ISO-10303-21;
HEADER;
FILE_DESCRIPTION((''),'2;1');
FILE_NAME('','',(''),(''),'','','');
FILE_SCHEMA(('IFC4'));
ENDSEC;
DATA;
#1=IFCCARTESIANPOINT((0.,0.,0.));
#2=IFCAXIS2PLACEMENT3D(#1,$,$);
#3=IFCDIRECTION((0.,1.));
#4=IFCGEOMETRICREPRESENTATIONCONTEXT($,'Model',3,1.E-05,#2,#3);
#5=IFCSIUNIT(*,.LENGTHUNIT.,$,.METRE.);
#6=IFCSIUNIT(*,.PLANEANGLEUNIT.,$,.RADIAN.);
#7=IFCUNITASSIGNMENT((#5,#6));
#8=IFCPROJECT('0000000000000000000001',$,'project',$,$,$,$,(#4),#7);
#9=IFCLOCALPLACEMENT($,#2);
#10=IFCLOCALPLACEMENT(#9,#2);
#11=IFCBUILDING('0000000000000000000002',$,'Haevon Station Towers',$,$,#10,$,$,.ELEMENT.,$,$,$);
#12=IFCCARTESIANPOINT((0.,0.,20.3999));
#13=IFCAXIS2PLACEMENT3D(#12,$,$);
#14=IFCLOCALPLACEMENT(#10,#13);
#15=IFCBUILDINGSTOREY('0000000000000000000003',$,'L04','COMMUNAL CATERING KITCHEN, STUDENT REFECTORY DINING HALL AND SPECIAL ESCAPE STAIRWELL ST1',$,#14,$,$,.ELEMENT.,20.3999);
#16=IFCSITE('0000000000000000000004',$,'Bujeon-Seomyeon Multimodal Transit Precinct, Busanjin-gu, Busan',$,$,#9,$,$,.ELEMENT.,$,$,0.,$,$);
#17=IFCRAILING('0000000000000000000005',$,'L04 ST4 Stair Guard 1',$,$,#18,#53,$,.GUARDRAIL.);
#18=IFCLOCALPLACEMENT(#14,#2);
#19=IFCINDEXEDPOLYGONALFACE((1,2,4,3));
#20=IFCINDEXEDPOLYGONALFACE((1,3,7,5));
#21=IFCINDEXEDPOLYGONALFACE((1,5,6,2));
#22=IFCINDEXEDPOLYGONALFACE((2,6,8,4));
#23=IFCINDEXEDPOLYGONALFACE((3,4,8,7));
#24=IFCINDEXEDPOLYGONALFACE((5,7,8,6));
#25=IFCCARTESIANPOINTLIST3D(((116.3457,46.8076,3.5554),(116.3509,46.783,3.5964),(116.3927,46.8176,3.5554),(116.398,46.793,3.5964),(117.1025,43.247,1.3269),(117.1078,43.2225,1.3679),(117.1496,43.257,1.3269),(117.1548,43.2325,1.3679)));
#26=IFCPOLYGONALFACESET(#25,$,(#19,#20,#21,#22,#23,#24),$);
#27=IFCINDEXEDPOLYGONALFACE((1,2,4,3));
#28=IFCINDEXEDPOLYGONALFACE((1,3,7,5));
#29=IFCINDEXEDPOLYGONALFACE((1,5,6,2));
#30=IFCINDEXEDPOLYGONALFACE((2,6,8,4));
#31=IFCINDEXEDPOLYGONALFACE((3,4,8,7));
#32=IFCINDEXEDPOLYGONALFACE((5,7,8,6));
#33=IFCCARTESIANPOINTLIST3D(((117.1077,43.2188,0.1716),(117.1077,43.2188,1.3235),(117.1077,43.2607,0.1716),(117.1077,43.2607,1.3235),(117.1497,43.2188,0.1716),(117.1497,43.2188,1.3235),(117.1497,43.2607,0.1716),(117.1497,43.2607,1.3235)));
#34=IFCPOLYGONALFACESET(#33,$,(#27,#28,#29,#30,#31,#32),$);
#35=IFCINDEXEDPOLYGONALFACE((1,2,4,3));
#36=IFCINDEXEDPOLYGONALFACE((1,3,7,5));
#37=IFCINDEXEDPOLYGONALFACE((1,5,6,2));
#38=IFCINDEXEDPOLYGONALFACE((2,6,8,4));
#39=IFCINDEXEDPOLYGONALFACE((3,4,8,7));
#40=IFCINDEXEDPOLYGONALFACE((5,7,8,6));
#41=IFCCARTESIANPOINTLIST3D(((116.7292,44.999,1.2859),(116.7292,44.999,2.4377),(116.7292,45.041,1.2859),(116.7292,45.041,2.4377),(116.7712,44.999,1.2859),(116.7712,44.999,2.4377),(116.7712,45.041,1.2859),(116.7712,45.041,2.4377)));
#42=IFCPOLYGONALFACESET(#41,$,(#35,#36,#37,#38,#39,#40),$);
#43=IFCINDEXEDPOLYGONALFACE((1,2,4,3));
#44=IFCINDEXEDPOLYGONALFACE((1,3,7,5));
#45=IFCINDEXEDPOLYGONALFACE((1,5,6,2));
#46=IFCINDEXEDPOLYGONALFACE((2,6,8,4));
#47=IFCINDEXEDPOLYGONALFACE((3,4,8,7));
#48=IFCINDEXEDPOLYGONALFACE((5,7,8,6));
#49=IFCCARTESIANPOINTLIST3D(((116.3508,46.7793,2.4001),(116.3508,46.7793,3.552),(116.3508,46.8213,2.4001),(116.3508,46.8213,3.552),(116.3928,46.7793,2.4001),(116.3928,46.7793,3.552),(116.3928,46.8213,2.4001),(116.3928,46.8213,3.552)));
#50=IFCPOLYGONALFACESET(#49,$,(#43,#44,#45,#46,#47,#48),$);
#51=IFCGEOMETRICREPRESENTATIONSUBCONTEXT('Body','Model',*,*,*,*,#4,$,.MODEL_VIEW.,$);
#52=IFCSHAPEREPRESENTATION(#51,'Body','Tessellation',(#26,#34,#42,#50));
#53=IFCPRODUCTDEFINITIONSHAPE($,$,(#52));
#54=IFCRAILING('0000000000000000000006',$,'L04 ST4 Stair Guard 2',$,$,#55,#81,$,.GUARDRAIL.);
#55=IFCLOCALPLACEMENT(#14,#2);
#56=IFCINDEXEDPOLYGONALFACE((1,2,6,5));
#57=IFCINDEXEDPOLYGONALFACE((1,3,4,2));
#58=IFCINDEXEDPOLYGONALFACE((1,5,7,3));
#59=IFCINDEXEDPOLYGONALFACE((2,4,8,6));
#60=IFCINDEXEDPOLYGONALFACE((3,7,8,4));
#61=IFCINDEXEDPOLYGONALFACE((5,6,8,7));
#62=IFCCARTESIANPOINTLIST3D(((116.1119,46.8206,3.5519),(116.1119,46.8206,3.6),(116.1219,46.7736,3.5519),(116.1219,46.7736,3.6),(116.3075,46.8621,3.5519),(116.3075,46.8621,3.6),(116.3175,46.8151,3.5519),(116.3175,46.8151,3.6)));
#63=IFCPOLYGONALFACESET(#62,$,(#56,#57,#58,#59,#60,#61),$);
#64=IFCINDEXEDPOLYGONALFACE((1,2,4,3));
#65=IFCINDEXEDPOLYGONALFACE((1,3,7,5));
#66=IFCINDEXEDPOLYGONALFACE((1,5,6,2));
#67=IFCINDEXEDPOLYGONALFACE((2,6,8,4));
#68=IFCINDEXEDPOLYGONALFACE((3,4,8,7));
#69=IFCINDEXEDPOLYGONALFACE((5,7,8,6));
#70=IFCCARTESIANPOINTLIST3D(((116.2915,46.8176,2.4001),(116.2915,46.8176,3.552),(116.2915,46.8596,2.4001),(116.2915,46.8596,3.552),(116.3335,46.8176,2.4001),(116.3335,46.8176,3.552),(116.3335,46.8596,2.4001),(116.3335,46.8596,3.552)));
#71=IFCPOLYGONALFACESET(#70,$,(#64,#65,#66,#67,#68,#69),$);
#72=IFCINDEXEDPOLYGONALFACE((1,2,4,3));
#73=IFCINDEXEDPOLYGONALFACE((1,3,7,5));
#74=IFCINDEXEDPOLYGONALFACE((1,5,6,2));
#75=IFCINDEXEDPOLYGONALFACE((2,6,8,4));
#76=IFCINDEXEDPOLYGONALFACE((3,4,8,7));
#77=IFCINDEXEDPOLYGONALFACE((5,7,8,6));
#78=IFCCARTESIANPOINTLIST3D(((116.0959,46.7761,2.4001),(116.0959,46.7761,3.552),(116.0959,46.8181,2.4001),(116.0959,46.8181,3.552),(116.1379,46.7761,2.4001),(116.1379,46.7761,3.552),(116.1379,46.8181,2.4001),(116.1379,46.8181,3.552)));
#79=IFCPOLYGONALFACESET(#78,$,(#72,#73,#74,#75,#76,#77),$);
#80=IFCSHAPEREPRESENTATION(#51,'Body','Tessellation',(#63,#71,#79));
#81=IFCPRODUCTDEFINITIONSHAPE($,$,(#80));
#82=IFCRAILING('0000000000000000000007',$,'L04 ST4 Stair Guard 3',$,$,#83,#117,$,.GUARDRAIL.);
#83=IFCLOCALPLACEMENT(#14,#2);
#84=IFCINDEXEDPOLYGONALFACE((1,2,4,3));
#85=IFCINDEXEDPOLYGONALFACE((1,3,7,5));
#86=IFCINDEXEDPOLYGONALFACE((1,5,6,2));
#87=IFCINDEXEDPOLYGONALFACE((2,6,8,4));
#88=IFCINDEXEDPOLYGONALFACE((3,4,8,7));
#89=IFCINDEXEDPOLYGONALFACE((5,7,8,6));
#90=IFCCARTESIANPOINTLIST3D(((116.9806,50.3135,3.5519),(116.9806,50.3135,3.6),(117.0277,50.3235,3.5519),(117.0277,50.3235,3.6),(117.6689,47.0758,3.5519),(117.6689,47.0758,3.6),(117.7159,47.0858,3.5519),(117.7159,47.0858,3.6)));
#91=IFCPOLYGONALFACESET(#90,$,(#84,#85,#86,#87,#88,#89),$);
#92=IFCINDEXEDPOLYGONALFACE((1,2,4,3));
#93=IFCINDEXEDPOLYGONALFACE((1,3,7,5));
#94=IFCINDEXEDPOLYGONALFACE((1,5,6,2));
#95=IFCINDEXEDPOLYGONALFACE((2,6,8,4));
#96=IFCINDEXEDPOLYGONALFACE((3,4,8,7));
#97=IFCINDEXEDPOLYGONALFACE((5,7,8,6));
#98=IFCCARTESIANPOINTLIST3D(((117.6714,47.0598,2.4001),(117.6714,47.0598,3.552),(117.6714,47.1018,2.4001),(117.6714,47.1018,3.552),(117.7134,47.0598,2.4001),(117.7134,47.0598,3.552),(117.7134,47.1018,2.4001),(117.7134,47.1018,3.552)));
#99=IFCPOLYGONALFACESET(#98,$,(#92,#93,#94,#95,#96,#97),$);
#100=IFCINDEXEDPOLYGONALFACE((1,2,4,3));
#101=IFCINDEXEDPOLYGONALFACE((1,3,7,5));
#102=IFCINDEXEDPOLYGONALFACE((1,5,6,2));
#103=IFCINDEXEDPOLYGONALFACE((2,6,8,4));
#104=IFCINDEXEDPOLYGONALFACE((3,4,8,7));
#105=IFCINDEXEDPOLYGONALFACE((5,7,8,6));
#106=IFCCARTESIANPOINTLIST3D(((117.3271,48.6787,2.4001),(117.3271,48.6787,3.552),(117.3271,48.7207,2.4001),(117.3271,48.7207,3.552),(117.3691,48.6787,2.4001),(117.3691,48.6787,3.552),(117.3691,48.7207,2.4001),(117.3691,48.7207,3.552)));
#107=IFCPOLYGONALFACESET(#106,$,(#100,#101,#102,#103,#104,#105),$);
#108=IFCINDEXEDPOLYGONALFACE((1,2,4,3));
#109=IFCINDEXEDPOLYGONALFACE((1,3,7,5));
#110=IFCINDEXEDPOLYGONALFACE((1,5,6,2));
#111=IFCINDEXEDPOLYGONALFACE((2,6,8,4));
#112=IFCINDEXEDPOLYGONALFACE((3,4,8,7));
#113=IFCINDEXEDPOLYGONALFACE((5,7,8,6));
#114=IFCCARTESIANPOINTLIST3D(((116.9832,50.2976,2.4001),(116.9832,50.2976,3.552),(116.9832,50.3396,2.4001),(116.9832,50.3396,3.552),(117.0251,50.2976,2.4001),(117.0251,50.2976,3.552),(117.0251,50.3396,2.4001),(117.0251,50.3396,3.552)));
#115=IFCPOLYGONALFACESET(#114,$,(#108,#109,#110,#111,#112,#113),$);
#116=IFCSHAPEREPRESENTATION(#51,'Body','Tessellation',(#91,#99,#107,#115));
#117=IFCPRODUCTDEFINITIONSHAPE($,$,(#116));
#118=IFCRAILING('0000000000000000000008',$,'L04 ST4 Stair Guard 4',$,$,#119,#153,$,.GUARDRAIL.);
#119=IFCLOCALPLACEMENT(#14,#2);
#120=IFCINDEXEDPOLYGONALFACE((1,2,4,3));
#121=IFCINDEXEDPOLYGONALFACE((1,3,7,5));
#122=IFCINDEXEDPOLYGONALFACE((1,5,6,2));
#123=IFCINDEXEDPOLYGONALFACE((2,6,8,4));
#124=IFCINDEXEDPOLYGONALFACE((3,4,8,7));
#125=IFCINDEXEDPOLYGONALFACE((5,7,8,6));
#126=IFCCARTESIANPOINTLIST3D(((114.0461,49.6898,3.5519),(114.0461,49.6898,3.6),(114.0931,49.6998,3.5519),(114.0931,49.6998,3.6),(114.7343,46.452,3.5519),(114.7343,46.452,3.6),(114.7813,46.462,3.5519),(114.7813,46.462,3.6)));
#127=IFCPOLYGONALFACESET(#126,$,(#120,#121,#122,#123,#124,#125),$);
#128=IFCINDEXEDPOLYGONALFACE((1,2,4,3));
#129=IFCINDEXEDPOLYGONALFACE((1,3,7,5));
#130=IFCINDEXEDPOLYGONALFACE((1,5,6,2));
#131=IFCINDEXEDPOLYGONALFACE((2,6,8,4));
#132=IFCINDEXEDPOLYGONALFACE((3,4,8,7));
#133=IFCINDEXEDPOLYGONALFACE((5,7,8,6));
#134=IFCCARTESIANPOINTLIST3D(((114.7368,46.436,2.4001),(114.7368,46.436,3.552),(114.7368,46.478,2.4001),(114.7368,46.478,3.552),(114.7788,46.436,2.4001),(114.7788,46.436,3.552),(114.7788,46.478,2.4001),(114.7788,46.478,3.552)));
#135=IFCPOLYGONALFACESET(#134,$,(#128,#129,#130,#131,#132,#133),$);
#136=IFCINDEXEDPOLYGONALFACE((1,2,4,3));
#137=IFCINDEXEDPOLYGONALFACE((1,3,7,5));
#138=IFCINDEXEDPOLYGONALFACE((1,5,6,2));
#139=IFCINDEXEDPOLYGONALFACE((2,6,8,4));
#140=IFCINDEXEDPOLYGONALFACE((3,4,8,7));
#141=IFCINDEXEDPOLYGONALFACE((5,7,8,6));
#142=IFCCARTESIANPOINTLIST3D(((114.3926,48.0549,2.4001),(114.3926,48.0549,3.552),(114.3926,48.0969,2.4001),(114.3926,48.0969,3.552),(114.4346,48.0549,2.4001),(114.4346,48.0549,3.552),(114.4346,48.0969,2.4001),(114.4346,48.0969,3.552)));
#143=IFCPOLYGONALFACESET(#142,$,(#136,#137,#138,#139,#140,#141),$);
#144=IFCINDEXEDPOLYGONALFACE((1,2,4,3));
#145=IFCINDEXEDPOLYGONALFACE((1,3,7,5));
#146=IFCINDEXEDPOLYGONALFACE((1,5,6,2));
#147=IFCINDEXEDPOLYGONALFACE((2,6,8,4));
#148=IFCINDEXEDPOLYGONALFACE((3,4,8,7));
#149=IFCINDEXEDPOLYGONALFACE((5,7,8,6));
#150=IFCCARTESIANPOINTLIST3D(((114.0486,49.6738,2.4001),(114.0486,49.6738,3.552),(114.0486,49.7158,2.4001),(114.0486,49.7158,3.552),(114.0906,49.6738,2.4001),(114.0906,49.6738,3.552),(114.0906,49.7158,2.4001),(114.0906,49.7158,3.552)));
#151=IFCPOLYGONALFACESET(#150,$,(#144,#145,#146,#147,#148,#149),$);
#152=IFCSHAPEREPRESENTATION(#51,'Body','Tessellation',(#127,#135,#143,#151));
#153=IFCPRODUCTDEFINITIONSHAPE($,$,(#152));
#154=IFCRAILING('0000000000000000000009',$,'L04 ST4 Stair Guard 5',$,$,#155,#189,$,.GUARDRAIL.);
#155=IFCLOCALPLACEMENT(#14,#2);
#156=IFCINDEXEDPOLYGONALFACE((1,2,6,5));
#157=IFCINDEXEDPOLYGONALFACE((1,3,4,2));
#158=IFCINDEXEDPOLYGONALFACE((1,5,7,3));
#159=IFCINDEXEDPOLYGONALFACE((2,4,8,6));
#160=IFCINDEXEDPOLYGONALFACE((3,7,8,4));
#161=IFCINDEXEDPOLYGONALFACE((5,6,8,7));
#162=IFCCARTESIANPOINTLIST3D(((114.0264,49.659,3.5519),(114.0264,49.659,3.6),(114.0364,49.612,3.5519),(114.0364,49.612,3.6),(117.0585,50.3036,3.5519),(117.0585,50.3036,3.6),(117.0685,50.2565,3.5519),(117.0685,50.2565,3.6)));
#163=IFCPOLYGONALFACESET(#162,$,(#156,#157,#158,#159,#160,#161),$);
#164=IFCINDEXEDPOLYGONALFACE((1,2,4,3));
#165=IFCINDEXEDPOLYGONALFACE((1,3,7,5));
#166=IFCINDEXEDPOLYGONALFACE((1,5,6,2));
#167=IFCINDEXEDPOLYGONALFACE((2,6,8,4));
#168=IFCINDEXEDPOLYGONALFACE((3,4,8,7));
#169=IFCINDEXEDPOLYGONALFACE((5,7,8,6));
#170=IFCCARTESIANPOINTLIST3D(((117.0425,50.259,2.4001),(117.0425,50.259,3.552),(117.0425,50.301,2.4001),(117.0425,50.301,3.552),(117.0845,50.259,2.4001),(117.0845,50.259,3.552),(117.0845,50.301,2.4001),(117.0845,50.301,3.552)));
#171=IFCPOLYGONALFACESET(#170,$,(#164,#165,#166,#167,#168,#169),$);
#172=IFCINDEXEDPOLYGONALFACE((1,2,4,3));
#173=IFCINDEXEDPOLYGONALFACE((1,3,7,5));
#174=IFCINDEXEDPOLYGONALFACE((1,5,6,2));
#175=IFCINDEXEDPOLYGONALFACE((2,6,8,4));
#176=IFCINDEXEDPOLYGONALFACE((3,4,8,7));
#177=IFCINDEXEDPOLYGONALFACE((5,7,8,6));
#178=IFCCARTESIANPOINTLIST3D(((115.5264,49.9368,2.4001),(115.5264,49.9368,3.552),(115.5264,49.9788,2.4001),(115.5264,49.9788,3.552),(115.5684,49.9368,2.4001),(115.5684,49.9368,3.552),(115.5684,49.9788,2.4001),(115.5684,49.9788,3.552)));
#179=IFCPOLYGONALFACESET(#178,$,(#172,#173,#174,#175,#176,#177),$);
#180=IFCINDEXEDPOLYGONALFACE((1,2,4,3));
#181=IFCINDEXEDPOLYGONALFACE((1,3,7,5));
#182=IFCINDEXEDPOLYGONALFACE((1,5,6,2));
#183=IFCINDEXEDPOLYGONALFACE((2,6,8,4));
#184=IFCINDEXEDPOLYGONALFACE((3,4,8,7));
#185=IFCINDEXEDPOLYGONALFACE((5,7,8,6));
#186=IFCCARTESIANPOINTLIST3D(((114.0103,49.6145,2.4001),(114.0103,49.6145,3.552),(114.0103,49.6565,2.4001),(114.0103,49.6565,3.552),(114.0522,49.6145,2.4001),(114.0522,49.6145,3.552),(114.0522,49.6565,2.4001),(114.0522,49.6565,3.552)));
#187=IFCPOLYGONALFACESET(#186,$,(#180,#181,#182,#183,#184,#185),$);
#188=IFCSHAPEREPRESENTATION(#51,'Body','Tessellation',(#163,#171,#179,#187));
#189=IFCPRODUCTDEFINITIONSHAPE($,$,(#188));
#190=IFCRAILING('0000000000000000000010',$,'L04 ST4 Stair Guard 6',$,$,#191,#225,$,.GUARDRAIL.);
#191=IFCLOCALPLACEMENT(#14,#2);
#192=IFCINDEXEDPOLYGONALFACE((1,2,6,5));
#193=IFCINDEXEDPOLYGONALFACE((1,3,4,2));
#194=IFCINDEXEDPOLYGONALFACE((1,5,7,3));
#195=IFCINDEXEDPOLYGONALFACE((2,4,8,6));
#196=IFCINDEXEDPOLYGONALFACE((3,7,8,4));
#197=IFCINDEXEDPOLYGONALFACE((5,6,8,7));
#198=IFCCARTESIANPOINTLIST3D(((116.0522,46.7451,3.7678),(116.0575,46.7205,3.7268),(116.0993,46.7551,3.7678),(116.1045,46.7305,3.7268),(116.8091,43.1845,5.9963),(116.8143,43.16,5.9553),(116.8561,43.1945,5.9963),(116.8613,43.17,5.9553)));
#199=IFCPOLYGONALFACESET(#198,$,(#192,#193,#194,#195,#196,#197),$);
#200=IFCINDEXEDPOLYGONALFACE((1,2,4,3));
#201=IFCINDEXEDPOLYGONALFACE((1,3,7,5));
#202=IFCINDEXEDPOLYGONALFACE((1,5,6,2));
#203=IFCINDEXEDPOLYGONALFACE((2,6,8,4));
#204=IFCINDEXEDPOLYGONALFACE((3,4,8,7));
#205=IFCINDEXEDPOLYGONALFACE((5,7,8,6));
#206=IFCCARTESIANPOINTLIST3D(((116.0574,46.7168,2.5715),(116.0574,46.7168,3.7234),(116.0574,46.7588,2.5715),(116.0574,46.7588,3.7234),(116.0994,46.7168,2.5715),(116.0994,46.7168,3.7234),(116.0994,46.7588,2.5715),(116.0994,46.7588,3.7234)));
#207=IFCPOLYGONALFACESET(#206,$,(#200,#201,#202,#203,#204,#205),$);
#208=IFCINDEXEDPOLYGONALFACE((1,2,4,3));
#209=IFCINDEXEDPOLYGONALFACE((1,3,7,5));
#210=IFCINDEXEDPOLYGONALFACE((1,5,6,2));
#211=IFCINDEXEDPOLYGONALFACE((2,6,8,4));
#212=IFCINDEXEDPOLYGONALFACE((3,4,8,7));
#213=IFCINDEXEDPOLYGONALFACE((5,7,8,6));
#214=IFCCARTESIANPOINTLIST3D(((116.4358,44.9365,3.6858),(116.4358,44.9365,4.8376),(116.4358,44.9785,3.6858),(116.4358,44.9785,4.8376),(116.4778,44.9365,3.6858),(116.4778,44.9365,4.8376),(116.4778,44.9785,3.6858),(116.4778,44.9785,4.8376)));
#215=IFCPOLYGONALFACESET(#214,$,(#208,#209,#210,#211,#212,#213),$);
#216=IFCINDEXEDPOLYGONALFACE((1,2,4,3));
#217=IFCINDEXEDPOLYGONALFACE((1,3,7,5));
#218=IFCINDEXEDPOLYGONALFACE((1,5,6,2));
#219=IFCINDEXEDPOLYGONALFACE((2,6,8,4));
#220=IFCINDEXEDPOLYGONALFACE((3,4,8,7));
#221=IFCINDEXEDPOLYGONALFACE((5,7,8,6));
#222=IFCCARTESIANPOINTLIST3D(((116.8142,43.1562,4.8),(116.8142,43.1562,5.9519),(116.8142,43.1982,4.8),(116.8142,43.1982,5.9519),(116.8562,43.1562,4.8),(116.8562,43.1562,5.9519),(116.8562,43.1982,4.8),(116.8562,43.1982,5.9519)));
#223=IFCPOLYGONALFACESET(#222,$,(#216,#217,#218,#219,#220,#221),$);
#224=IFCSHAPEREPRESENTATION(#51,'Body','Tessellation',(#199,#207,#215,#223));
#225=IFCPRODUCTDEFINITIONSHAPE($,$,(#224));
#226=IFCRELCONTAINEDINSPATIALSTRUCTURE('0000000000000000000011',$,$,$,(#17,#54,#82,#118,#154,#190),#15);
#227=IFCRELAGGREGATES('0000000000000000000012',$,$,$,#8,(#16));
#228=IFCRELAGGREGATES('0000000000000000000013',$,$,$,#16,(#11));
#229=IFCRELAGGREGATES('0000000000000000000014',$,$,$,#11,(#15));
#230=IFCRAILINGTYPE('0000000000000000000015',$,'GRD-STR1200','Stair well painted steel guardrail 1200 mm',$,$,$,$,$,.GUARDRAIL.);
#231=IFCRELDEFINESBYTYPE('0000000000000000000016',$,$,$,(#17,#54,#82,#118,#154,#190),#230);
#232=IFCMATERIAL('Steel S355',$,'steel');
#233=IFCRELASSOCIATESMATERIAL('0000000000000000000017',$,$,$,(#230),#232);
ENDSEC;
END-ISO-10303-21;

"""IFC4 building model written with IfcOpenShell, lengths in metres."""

from ifc_helpers import new_model, si_unit, direction, frame, origin, origin_2d, place, context, subcontext, project, spatial, rectangle, extrude, material, type_object, element, save


model = new_model("IFC4")

# Units and contexts
model_context = context("Model", 3, precision=1e-05, world=origin(), true_north=direction((0.0, 1.0)))
body_context = subcontext(model_context, "Body", "Model", "MODEL_VIEW")
ifc_project = project(units=[si_unit("LENGTHUNIT", "METRE"), si_unit("PLANEANGLEUNIT", "RADIAN")], contexts=[model_context])

# Site, building, storey
site_placement = place(None, origin())
site = spatial("IfcSite", under=ifc_project, at=site_placement, Name="Bujeon-Seomyeon Multimodal Transit Precinct, Busanjin-gu, Busan", CompositionType="ELEMENT", RefElevation=0.0)
building_placement = place(site_placement, origin())
building = spatial("IfcBuilding", under=site, at=building_placement, Name="Haevon Station Towers", CompositionType="ELEMENT")
storey_placement = place(building_placement, frame((0.0, 0.0, 20.3999)))
storey = spatial("IfcBuildingStorey", under=building, at=storey_placement, Name="L04", Description="COMMUNAL CATERING KITCHEN, STUDENT REFECTORY DINING HALL AND SPECIAL ESCAPE STAIRWELL ST1", CompositionType="ELEMENT", Elevation=20.3999)

# Shared definitions
ifc_material_1 = material(Name="Steel S355", Category="steel")

# Railings
railing_type_1 = type_object("IfcRailingType", Name="GRD-STR1200", Description="Stair well painted steel guardrail 1200 mm", PredefinedType="GUARDRAIL", material=ifc_material_1)
railing_1_placement = place(storey_placement, frame((117.1287, 43.2397, 0.1716)))
element("IfcRailing", 1, at=railing_1_placement, inside=storey, type_object=railing_type_1, Name="L04 ST4 Stair Guard 1", PredefinedType="GUARDRAIL", context=body_context, shape_type="SweptSolid", body=[
    extrude(rectangle(XDim=0.0481, YDim=0.0481, at=origin_2d()), frame((0.0, 0.0, 1.1758), z_axis=(-0.177324, 0.834225, 0.522134), x_axis=(-0.978147, -0.207917, 0.0)), (0.0, 0.0, 1.0), 4.2681),
    extrude(rectangle(XDim=0.042, YDim=0.042, at=origin_2d()), origin(), (0.0, 0.0, 1.0), 1.1519),
    extrude(rectangle(XDim=0.042, YDim=0.042, at=origin_2d()), frame((-0.3784, 1.7803, 1.1143)), (0.0, 0.0, 1.0), 1.1519),
    extrude(rectangle(XDim=0.042, YDim=0.042, at=origin_2d()), frame((-0.7568, 3.5605, 2.2285)), (0.0, 0.0, 1.0), 1.1519),
])
railing_2_placement = place(storey_placement, frame((116.3125, 46.8386, 2.4001)))
element("IfcRailing", 2, at=railing_2_placement, inside=storey, type_object=railing_type_1, Name="L04 ST4 Stair Guard 2", PredefinedType="GUARDRAIL", context=body_context, shape_type="SweptSolid", body=[
    extrude(rectangle(XDim=0.0481, YDim=0.0481, at=origin_2d()), frame((0.0, 0.0, 1.1758), z_axis=(-0.978212, -0.20761, 0.0), x_axis=(0.20761, -0.978212, 0.0)), (0.0, 0.0, 1.0), 0.2),
    extrude(rectangle(XDim=0.042, YDim=0.042, at=origin_2d()), origin(), (0.0, 0.0, 1.0), 1.1519),
    extrude(rectangle(XDim=0.042, YDim=0.042, at=origin_2d()), frame((-0.1956, -0.0415, 0.0)), (0.0, 0.0, 1.0), 1.1519),
])
for number, where, name in (
    (3, (117.6924, 47.0808, 2.4001), "L04 ST4 Stair Guard 3"),
    (4, (114.7578, 46.457, 2.4001), "L04 ST4 Stair Guard 4"),
):
    element("IfcRailing", number, at=place(storey_placement, frame(where)), inside=storey, type_object=railing_type_1, Name=name, PredefinedType="GUARDRAIL", context=body_context, shape_type="SweptSolid", body=[
        extrude(rectangle(XDim=0.0481, YDim=0.0481, at=origin_2d()), frame((0.0, 0.0, 1.1758), z_axis=(-0.207917, 0.978146, 0.0), x_axis=(-0.978146, -0.207917, 0.0)), (0.0, 0.0, 1.0), 3.3101),
        extrude(rectangle(XDim=0.042, YDim=0.042, at=origin_2d()), origin(), (0.0, 0.0, 1.0), 1.1519),
        extrude(rectangle(XDim=0.042, YDim=0.042, at=origin_2d()), frame((-0.3442, 1.6189, 0.0)), (0.0, 0.0, 1.0), 1.1519),
        extrude(rectangle(XDim=0.042, YDim=0.042, at=origin_2d()), frame((-0.6882, 3.2378, 0.0)), (0.0, 0.0, 1.0), 1.1519),
    ])
railing_3_placement = place(storey_placement, frame((117.0635, 50.28, 2.4001)))
element("IfcRailing", 5, at=railing_3_placement, inside=storey, type_object=railing_type_1, Name="L04 ST4 Stair Guard 5", PredefinedType="GUARDRAIL", context=body_context, shape_type="SweptSolid", body=[
    extrude(rectangle(XDim=0.0481, YDim=0.0481, at=origin_2d()), frame((0.0, 0.0, 1.1758), z_axis=(-0.978147, -0.207915, 0.0), x_axis=(0.207915, -0.978147, 0.0)), (0.0, 0.0, 1.0), 3.0999),
    extrude(rectangle(XDim=0.042, YDim=0.042, at=origin_2d()), origin(), (0.0, 0.0, 1.0), 1.1519),
    extrude(rectangle(XDim=0.042, YDim=0.042, at=origin_2d()), frame((-1.5161, -0.3223, 0.0)), (0.0, 0.0, 1.0), 1.1519),
    extrude(rectangle(XDim=0.042, YDim=0.042, at=origin_2d()), frame((-3.0322, -0.6445, 0.0)), (0.0, 0.0, 1.0), 1.1519),
])
railing_4_placement = place(storey_placement, frame((116.0784, 46.7378, 2.5715)))
element("IfcRailing", 6, at=railing_4_placement, inside=storey, type_object=railing_type_1, Name="L04 ST4 Stair Guard 6", PredefinedType="GUARDRAIL", context=body_context, shape_type="SweptSolid", body=[
    extrude(rectangle(XDim=0.0481, YDim=0.0481, at=origin_2d()), frame((0.0, 0.0, 1.1758), z_axis=(0.177324, -0.834225, 0.522134), x_axis=(0.978147, 0.207917, 0.0)), (0.0, 0.0, 1.0), 4.2681),
    extrude(rectangle(XDim=0.042, YDim=0.042, at=origin_2d()), origin(), (0.0, 0.0, 1.0), 1.1519),
    extrude(rectangle(XDim=0.042, YDim=0.042, at=origin_2d()), frame((0.3784, -1.7803, 1.1143)), (0.0, 0.0, 1.0), 1.1519),
    extrude(rectangle(XDim=0.042, YDim=0.042, at=origin_2d()), frame((0.7568, -3.5605, 2.2285)), (0.0, 0.0, 1.0), 1.1519),
])

save(model, "model.ifc")
